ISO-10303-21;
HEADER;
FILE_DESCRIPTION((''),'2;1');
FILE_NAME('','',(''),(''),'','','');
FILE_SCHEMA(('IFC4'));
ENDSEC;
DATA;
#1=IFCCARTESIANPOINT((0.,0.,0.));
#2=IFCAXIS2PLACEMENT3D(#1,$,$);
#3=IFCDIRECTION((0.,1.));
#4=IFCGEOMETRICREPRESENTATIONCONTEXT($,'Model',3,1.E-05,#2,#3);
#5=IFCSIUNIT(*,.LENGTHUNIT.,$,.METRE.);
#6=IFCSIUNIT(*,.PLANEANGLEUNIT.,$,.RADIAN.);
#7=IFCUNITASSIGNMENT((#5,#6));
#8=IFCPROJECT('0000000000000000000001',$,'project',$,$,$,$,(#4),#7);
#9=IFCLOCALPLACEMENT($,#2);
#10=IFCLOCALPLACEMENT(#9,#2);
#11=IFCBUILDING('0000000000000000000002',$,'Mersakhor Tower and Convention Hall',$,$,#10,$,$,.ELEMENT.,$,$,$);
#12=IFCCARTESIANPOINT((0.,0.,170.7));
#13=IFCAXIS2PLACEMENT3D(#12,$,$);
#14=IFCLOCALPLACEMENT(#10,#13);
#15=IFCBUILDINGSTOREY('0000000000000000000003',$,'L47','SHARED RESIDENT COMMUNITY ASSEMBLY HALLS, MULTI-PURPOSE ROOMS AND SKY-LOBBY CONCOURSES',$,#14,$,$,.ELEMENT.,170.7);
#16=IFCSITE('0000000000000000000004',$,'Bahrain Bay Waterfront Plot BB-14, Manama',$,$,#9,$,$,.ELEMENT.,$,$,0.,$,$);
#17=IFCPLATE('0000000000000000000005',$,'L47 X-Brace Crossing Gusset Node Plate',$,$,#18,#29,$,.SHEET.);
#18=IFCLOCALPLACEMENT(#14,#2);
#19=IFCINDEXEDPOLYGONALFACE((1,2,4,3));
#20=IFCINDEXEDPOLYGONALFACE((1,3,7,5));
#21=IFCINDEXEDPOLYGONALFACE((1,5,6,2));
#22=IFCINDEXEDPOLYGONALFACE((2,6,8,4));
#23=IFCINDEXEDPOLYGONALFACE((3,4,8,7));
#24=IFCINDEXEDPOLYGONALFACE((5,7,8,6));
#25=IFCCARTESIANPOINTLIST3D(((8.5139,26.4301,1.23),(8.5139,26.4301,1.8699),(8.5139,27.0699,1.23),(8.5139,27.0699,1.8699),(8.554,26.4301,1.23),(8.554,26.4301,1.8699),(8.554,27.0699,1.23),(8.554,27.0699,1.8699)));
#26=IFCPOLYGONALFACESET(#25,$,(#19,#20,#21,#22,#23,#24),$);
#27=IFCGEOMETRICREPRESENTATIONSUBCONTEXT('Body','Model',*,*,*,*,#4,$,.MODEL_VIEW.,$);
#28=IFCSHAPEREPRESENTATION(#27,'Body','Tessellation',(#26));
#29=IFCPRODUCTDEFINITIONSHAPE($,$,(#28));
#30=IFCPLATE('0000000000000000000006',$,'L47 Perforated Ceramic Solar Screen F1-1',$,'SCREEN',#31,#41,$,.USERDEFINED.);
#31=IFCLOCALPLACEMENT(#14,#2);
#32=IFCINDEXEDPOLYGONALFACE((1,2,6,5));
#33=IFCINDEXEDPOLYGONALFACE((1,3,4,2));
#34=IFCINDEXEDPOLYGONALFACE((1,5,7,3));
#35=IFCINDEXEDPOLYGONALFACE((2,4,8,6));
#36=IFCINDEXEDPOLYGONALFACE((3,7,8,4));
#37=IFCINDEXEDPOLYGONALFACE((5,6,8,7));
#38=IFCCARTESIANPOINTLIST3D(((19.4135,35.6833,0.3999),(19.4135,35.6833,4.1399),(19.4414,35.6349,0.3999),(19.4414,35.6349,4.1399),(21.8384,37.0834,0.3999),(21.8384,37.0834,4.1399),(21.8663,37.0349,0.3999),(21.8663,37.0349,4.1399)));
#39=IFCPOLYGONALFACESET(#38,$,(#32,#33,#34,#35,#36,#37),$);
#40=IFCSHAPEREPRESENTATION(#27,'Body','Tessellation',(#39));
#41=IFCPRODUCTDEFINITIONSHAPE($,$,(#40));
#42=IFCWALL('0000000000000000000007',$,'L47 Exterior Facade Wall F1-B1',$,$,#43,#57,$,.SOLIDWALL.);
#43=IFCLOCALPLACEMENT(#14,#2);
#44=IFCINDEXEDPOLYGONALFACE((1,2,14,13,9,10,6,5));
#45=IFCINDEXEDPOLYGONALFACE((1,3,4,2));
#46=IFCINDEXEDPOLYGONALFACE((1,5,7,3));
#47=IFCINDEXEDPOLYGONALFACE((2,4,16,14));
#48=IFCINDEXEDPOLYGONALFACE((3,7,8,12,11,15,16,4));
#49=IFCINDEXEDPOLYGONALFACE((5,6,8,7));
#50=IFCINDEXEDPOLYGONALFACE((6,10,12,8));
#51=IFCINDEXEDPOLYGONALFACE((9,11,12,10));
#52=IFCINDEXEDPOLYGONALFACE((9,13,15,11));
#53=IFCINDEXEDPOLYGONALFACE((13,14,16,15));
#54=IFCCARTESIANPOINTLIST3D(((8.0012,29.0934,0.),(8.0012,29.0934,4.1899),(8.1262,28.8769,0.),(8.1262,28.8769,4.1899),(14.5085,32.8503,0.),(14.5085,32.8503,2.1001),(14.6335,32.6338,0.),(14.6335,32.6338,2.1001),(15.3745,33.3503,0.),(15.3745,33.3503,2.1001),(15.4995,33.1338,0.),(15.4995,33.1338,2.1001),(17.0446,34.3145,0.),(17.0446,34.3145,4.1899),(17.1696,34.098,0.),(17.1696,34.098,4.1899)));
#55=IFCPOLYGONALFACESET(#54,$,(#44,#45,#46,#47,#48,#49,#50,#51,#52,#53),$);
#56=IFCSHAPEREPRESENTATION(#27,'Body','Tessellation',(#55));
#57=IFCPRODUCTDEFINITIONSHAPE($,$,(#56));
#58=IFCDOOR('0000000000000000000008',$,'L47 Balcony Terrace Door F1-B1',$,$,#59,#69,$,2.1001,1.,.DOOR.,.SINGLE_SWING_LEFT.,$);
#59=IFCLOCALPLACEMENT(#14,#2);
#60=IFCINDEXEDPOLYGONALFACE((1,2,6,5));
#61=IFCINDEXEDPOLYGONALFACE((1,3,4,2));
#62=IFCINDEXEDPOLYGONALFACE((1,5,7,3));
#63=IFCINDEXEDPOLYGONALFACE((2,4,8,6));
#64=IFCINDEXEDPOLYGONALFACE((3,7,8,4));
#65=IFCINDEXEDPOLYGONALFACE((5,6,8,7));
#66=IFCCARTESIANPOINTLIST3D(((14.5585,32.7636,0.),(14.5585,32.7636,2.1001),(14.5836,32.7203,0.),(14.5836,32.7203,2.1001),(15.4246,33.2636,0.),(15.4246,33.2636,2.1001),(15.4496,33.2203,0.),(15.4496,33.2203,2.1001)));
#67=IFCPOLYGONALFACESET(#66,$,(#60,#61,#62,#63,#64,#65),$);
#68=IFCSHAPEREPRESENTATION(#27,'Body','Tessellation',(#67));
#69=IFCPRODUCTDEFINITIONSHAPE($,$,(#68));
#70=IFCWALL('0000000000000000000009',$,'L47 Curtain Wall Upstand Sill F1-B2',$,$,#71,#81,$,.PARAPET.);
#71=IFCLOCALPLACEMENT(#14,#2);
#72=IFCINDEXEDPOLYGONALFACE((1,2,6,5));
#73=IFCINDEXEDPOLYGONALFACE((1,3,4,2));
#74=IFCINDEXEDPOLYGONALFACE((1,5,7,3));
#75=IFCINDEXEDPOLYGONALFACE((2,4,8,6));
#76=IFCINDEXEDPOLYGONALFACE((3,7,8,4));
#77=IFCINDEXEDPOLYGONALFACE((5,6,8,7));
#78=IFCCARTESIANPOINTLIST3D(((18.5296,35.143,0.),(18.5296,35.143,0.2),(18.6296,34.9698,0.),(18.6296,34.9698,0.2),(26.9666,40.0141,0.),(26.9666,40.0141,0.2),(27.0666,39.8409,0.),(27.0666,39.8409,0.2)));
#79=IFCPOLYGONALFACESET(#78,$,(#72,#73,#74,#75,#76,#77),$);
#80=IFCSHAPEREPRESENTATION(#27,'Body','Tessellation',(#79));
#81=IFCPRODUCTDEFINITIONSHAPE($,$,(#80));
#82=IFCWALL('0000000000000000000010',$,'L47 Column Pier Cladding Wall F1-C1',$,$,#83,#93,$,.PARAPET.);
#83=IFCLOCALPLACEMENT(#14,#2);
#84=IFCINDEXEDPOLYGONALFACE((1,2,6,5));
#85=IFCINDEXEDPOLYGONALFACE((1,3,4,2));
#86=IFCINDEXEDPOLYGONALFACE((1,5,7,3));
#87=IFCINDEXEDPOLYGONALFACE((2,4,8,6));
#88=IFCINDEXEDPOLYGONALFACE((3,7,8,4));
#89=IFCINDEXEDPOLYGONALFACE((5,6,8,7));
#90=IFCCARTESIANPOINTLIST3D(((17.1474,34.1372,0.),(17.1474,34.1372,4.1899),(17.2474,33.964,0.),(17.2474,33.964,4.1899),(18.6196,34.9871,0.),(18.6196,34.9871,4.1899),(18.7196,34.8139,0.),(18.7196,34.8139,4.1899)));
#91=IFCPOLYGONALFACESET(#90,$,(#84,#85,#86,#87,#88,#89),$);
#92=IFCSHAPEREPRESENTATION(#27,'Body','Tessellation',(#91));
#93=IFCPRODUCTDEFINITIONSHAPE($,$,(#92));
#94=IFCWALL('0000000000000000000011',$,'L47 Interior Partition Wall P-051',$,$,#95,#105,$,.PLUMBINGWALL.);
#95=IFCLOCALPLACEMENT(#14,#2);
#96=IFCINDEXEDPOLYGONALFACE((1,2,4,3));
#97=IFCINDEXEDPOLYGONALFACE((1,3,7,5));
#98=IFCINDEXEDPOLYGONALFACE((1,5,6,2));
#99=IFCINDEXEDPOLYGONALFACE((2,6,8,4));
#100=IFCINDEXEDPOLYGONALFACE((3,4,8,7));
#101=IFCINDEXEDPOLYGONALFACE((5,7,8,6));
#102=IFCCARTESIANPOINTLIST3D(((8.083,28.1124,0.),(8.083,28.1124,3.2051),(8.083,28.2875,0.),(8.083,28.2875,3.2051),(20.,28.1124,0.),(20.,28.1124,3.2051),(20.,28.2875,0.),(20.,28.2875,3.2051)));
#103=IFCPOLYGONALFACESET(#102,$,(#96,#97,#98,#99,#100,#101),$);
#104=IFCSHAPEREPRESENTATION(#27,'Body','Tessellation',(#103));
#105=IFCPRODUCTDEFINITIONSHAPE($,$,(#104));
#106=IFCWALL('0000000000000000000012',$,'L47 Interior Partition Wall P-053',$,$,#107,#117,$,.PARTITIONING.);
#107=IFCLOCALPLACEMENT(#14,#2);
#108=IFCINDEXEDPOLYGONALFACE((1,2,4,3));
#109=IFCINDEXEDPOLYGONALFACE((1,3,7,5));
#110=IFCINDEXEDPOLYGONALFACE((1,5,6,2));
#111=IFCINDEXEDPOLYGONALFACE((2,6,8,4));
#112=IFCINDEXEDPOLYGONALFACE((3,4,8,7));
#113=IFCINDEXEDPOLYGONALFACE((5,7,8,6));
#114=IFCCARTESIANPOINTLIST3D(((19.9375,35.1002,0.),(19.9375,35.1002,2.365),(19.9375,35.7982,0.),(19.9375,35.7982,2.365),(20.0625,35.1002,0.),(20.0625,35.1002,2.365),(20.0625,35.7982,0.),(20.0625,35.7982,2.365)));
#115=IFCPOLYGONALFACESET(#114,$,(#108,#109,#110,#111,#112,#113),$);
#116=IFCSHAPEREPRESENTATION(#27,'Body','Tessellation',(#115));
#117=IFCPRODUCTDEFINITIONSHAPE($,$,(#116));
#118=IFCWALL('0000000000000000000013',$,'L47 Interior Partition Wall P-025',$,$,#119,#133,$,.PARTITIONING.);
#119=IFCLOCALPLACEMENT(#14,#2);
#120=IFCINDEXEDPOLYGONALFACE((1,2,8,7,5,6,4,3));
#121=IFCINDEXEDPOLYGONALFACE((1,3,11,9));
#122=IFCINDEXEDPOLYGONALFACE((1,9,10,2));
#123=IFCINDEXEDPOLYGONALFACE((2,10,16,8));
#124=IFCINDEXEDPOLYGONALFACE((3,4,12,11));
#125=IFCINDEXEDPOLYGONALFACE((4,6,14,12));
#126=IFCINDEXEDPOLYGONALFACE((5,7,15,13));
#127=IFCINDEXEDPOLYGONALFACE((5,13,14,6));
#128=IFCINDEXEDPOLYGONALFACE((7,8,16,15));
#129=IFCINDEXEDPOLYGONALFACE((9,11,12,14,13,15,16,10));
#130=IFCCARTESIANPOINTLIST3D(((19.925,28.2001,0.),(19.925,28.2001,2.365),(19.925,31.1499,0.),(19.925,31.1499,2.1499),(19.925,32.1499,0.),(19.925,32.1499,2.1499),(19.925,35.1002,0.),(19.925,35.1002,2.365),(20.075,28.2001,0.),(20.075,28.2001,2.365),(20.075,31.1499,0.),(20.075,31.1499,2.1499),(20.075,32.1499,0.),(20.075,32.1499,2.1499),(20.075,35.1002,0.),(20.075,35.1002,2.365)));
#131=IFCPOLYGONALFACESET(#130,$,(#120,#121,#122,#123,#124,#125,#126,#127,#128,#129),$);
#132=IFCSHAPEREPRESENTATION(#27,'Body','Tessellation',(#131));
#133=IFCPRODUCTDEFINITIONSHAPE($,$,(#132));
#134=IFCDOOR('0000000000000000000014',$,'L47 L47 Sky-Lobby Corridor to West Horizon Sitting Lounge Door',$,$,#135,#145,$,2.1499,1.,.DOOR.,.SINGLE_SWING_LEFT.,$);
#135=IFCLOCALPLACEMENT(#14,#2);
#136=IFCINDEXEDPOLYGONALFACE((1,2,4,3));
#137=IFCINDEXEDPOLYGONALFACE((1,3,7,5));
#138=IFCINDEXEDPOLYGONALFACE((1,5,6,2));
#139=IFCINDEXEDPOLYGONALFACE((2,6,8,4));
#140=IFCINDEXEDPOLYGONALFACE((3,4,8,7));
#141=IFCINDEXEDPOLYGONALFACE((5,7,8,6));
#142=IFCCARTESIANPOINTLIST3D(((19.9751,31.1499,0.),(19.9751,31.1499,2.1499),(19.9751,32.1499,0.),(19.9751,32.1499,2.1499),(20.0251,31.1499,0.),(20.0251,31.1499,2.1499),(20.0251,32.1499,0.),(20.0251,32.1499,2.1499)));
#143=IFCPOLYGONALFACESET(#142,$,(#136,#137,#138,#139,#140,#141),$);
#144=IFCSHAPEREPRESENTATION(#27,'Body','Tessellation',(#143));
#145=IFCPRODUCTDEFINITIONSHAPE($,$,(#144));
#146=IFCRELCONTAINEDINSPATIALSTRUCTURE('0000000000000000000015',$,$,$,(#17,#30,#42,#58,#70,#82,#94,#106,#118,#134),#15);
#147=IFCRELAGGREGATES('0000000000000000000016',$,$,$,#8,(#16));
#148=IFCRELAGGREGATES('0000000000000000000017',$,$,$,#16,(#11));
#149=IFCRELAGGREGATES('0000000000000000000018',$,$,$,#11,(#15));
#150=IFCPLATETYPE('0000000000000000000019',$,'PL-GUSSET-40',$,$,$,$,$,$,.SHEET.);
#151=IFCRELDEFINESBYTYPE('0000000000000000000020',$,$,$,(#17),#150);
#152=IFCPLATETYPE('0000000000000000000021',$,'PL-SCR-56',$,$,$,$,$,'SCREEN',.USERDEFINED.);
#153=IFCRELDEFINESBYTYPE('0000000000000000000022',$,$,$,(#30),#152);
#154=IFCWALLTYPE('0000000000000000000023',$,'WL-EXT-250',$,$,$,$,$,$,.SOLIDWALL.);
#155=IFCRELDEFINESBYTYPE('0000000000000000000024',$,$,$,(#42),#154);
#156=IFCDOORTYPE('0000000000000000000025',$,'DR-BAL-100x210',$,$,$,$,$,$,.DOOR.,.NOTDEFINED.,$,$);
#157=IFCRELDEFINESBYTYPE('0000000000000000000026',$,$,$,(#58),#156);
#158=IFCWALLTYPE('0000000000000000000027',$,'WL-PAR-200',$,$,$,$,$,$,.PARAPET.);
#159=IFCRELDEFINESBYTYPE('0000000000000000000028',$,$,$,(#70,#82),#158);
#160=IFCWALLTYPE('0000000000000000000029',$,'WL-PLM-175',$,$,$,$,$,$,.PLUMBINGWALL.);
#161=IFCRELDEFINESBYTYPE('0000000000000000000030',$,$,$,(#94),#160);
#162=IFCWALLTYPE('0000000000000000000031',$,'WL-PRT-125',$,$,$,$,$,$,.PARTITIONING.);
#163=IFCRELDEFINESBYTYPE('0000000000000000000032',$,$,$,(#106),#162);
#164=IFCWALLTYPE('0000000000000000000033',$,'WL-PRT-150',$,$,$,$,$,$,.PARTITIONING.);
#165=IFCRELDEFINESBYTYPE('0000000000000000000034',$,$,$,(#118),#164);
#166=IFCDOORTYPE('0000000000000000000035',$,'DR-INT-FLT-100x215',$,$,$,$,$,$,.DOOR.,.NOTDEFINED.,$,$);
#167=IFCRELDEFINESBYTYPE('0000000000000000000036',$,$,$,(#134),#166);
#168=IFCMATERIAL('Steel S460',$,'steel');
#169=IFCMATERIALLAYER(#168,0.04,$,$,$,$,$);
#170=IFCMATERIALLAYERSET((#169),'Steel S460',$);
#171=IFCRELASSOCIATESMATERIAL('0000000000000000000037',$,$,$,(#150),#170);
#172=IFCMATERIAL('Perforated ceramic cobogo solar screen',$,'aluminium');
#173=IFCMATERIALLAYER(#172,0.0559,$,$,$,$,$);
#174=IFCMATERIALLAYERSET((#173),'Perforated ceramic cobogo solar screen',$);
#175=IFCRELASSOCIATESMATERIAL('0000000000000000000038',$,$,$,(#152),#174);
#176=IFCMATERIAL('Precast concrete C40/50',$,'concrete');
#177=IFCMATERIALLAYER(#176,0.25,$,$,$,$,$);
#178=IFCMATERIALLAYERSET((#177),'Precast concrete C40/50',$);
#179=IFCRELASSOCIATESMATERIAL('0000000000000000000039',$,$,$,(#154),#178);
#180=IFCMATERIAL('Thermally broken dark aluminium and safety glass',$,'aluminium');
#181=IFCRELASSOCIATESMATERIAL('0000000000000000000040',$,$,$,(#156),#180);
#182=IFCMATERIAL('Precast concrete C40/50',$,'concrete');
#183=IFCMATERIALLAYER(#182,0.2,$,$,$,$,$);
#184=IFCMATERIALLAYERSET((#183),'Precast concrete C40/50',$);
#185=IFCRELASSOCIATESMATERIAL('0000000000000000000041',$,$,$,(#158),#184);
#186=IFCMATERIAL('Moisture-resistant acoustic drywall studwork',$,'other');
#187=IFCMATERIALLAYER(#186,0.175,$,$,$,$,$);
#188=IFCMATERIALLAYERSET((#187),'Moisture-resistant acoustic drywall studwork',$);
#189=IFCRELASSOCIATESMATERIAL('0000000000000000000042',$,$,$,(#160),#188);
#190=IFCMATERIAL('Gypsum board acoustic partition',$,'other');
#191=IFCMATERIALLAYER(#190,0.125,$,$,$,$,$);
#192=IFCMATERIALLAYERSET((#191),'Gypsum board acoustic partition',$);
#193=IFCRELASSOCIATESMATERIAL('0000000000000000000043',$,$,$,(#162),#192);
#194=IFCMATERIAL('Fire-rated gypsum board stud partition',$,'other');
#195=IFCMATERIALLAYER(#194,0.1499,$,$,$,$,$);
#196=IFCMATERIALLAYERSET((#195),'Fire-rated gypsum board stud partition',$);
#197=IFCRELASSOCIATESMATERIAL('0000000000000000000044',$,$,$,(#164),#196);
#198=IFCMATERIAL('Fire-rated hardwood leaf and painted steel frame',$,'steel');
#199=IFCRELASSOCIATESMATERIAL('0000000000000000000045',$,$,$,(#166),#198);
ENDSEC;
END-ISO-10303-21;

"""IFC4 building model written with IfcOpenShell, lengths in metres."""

from ifc_helpers import new_model, si_unit, direction, frame, frame_2d, origin, origin_2d, place, context, subcontext, project, spatial, rectangle, extrude, material, layer, layer_set, type_object, element, fill, save


model = new_model("IFC4")

# Units and contexts
model_context = context("Model", 3, precision=1e-05, world=origin(), true_north=direction((0.0, 1.0)))
body_context = subcontext(model_context, "Body", "Model", "MODEL_VIEW")
ifc_project = project(units=[si_unit("LENGTHUNIT", "METRE"), si_unit("PLANEANGLEUNIT", "RADIAN")], contexts=[model_context])

# Site, building, storey
site_placement = place(None, origin())
site = spatial("IfcSite", under=ifc_project, at=site_placement, Name="Bahrain Bay Waterfront Plot BB-14, Manama", CompositionType="ELEMENT", RefElevation=0.0)
building_placement = place(site_placement, origin())
building = spatial("IfcBuilding", under=site, at=building_placement, Name="Mersakhor Tower and Convention Hall", CompositionType="ELEMENT")
storey_placement = place(building_placement, frame((0.0, 0.0, 170.7)))
storey = spatial("IfcBuildingStorey", under=building, at=storey_placement, Name="L47", Description="SHARED RESIDENT COMMUNITY ASSEMBLY HALLS, MULTI-PURPOSE ROOMS AND SKY-LOBBY CONCOURSES", CompositionType="ELEMENT", Elevation=170.7)

# Plates
ifc_material_1 = material(Name="Steel S460", Category="steel")
ifc_layer_1 = layer(ifc_material_1, 0.04)
ifc_layer_set_1 = layer_set([ifc_layer_1], Name="Steel S460")
plate_type_1 = type_object("IfcPlateType", Name="PL-GUSSET-40", PredefinedType="SHEET", material=ifc_layer_set_1)
plate_1_placement = place(storey_placement, frame((8.5339, 26.75, 1.23), z_axis=(0.0, 0.0, 1.0), x_axis=(0.0, -1.0, 0.0)))
element("IfcPlate", 1, at=plate_1_placement, inside=storey, type_object=plate_type_1, Name="L47 X-Brace Crossing Gusset Node Plate", PredefinedType="SHEET", context=body_context, shape_type="SweptSolid", body=[
    extrude(rectangle(XDim=0.6399, YDim=0.04, at=origin_2d()), origin(), (0.0, 0.0, 1.0), 0.6399),
])
ifc_material_2 = material(Name="Perforated ceramic cobogo solar screen", Category="aluminium")
ifc_layer_2 = layer(ifc_material_2, 0.0559)
ifc_layer_set_2 = layer_set([ifc_layer_2], Name="Perforated ceramic cobogo solar screen")
plate_type_2 = type_object("IfcPlateType", Name="PL-SCR-56", ElementType="SCREEN", PredefinedType="USERDEFINED", material=ifc_layer_set_2)
plate_2_placement = place(storey_placement, frame((20.6399, 36.3591, 0.3999), z_axis=(0.0, 0.0, 1.0), x_axis=(0.866025, 0.5, 0.0)))
element("IfcPlate", 2, at=plate_2_placement, inside=storey, type_object=plate_type_2, Name="L47 Perforated Ceramic Solar Screen F1-1", ObjectType="SCREEN", PredefinedType="USERDEFINED", context=body_context, shape_type="SweptSolid", body=[
    extrude(rectangle(XDim=2.8, YDim=0.0559, at=origin_2d()), origin(), (0.0, 0.0, 1.0), 3.74),
])

# Wall, opening, door
ifc_material_3 = material(Name="Precast concrete C40/50", Category="concrete")
ifc_layer_3 = layer(ifc_material_3, 0.25)
ifc_layer_set_3 = layer_set([ifc_layer_3], Name="Precast concrete C40/50")
wall_type_1 = type_object("IfcWallType", Name="WL-EXT-250", PredefinedType="SOLIDWALL", material=ifc_layer_set_3)
wall_1_placement = place(storey_placement, frame((8.0637, 28.9851, 0.0), z_axis=(0.0, 0.0, 1.0), x_axis=(0.866028, 0.499996, 0.0)))
wall_1 = element("IfcWall", 3, at=wall_1_placement, inside=storey, type_object=wall_type_1, Name="L47 Exterior Facade Wall F1-B1", PredefinedType="SOLIDWALL", context=body_context, shape_type="SweptSolid", body=[
    extrude(rectangle(XDim=10.4424, YDim=0.25, at=frame_2d((5.2212, 0.0))), origin(), (0.0, 0.0, 1.0), 4.1899),
])
opening_1_placement = place(wall_1_placement, frame((7.5139, 0.0, 0.0)))
opening_1 = element("IfcOpeningElement", 4, at=opening_1_placement, cuts=wall_1, PredefinedType="OPENING", context=body_context, shape_type="SweptSolid", body=[
    extrude(rectangle(XDim=1.0, YDim=2.1001, at=frame_2d((0.5, 1.05))), frame((0.0, 0.135, 0.0), z_axis=(0.0, -1.0, 0.0), x_axis=(1.0, 0.0, 0.0)), (0.0, 0.0, 1.0), 0.27),
])
ifc_material_4 = material(Name="Thermally broken dark aluminium and safety glass", Category="aluminium")
door_type_1 = type_object("IfcDoorType", Name="DR-BAL-100x210", OperationType="NOTDEFINED", PredefinedType="DOOR", material=ifc_material_4)
door_1_placement = place(opening_1_placement, origin())
door_1 = element("IfcDoor", 5, at=door_1_placement, inside=storey, type_object=door_type_1, Name="L47 Balcony Terrace Door F1-B1", OperationType="SINGLE_SWING_LEFT", OverallHeight=2.1001, OverallWidth=1.0, PredefinedType="DOOR", context=body_context, shape_type="SweptSolid", body=[
    extrude(rectangle(XDim=1.0, YDim=2.1001, at=frame_2d((0.5, 1.05))), frame((0.0, 0.0249, 0.0), z_axis=(0.0, -1.0, 0.0), x_axis=(1.0, 0.0, 0.0)), (0.0, 0.0, 1.0), 0.05),
])
fill(opening_1, door_1)

# Walls
ifc_material_5 = material(Name="Precast concrete C40/50", Category="concrete")
ifc_layer_4 = layer(ifc_material_5, 0.2)
ifc_layer_set_4 = layer_set([ifc_layer_4], Name="Precast concrete C40/50")
wall_type_2 = type_object("IfcWallType", Name="WL-PAR-200", PredefinedType="PARAPET", material=ifc_layer_set_4)
wall_2_placement = place(storey_placement, frame((18.5796, 35.0564, 0.0), z_axis=(0.0, 0.0, 1.0), x_axis=(0.866026, 0.499999, 0.0)))
element("IfcWall", 6, at=wall_2_placement, inside=storey, type_object=wall_type_2, Name="L47 Curtain Wall Upstand Sill F1-B2", PredefinedType="PARAPET", context=body_context, shape_type="SweptSolid", body=[
    extrude(rectangle(XDim=9.7422, YDim=0.2, at=frame_2d((4.8711, 0.0))), origin(), (0.0, 0.0, 1.0), 0.2),
])
wall_3_placement = place(storey_placement, frame((17.1973, 34.0505, 0.0), z_axis=(0.0, 0.0, 1.0), x_axis=(0.866052, 0.499955, 0.0)))
element("IfcWall", 7, at=wall_3_placement, inside=storey, type_object=wall_type_2, Name="L47 Column Pier Cladding Wall F1-C1", PredefinedType="PARAPET", context=body_context, shape_type="SweptSolid", body=[
    extrude(rectangle(XDim=1.7, YDim=0.2, at=frame_2d((0.8501, 0.0))), origin(), (0.0, 0.0, 1.0), 4.1899),
])
ifc_material_6 = material(Name="Moisture-resistant acoustic drywall studwork", Category="other")
ifc_layer_5 = layer(ifc_material_6, 0.175)
ifc_layer_set_5 = layer_set([ifc_layer_5], Name="Moisture-resistant acoustic drywall studwork")
wall_type_3 = type_object("IfcWallType", Name="WL-PLM-175", PredefinedType="PLUMBINGWALL", material=ifc_layer_set_5)
wall_4_placement = place(storey_placement, frame((8.083, 28.2, 0.0), z_axis=(0.0, 0.0, 1.0), x_axis=(1.0, 0.0, 0.0)))
element("IfcWall", 8, at=wall_4_placement, inside=storey, type_object=wall_type_3, Name="L47 Interior Partition Wall P-051", PredefinedType="PLUMBINGWALL", context=body_context, shape_type="SweptSolid", body=[
    extrude(rectangle(XDim=11.917, YDim=0.175, at=frame_2d((5.9585, 0.0))), origin(), (0.0, 0.0, 1.0), 3.2051),
])
ifc_material_7 = material(Name="Gypsum board acoustic partition", Category="other")
ifc_layer_6 = layer(ifc_material_7, 0.125)
ifc_layer_set_6 = layer_set([ifc_layer_6], Name="Gypsum board acoustic partition")
wall_type_4 = type_object("IfcWallType", Name="WL-PRT-125", PredefinedType="PARTITIONING", material=ifc_layer_set_6)
wall_5_placement = place(storey_placement, frame((20.0, 35.1001, 0.0), z_axis=(0.0, 0.0, 1.0), x_axis=(0.0, 1.0, 0.0)))
element("IfcWall", 9, at=wall_5_placement, inside=storey, type_object=wall_type_4, Name="L47 Interior Partition Wall P-053", PredefinedType="PARTITIONING", context=body_context, shape_type="SweptSolid", body=[
    extrude(rectangle(XDim=0.698, YDim=0.125, at=frame_2d((0.3491, 0.0))), origin(), (0.0, 0.0, 1.0), 2.365),
])

# Wall, opening, door
ifc_material_8 = material(Name="Fire-rated gypsum board stud partition", Category="other")
ifc_layer_7 = layer(ifc_material_8, 0.1499)
ifc_layer_set_7 = layer_set([ifc_layer_7], Name="Fire-rated gypsum board stud partition")
wall_type_5 = type_object("IfcWallType", Name="WL-PRT-150", PredefinedType="PARTITIONING", material=ifc_layer_set_7)
wall_6_placement = place(storey_placement, frame((20.0, 28.2, 0.0), z_axis=(0.0, 0.0, 1.0), x_axis=(0.0, 1.0, 0.0)))
wall_6 = element("IfcWall", 10, at=wall_6_placement, inside=storey, type_object=wall_type_5, Name="L47 Interior Partition Wall P-025", PredefinedType="PARTITIONING", context=body_context, shape_type="SweptSolid", body=[
    extrude(rectangle(XDim=6.9001, YDim=0.1499, at=frame_2d((3.4502, 0.0))), origin(), (0.0, 0.0, 1.0), 2.365),
])
opening_2_placement = place(wall_6_placement, frame((2.95, 0.0, 0.0)))
opening_2 = element("IfcOpeningElement", 11, at=opening_2_placement, cuts=wall_6, PredefinedType="OPENING", context=body_context, shape_type="SweptSolid", body=[
    extrude(rectangle(XDim=1.0, YDim=2.1499, at=frame_2d((0.5, 1.075))), frame((0.0, 0.085, 0.0), z_axis=(0.0, -1.0, 0.0), x_axis=(1.0, 0.0, 0.0)), (0.0, 0.0, 1.0), 0.1699),
])
ifc_material_9 = material(Name="Fire-rated hardwood leaf and painted steel frame", Category="steel")
door_type_2 = type_object("IfcDoorType", Name="DR-INT-FLT-100x215", OperationType="NOTDEFINED", PredefinedType="DOOR", material=ifc_material_9)
door_2_placement = place(opening_2_placement, origin())
door_2 = element("IfcDoor", 12, at=door_2_placement, inside=storey, type_object=door_type_2, Name="L47 L47 Sky-Lobby Corridor to West Horizon Sitting Lounge Door", OperationType="SINGLE_SWING_LEFT", OverallHeight=2.1499, OverallWidth=1.0, PredefinedType="DOOR", context=body_context, shape_type="SweptSolid", body=[
    extrude(rectangle(XDim=1.0, YDim=2.1499, at=frame_2d((0.5, 1.075))), frame((0.0, 0.0249, 0.0), z_axis=(0.0, -1.0, 0.0), x_axis=(1.0, 0.0, 0.0)), (0.0, 0.0, 1.0), 0.05),
])
fill(opening_2, door_2)

save(model, "model.ifc")
